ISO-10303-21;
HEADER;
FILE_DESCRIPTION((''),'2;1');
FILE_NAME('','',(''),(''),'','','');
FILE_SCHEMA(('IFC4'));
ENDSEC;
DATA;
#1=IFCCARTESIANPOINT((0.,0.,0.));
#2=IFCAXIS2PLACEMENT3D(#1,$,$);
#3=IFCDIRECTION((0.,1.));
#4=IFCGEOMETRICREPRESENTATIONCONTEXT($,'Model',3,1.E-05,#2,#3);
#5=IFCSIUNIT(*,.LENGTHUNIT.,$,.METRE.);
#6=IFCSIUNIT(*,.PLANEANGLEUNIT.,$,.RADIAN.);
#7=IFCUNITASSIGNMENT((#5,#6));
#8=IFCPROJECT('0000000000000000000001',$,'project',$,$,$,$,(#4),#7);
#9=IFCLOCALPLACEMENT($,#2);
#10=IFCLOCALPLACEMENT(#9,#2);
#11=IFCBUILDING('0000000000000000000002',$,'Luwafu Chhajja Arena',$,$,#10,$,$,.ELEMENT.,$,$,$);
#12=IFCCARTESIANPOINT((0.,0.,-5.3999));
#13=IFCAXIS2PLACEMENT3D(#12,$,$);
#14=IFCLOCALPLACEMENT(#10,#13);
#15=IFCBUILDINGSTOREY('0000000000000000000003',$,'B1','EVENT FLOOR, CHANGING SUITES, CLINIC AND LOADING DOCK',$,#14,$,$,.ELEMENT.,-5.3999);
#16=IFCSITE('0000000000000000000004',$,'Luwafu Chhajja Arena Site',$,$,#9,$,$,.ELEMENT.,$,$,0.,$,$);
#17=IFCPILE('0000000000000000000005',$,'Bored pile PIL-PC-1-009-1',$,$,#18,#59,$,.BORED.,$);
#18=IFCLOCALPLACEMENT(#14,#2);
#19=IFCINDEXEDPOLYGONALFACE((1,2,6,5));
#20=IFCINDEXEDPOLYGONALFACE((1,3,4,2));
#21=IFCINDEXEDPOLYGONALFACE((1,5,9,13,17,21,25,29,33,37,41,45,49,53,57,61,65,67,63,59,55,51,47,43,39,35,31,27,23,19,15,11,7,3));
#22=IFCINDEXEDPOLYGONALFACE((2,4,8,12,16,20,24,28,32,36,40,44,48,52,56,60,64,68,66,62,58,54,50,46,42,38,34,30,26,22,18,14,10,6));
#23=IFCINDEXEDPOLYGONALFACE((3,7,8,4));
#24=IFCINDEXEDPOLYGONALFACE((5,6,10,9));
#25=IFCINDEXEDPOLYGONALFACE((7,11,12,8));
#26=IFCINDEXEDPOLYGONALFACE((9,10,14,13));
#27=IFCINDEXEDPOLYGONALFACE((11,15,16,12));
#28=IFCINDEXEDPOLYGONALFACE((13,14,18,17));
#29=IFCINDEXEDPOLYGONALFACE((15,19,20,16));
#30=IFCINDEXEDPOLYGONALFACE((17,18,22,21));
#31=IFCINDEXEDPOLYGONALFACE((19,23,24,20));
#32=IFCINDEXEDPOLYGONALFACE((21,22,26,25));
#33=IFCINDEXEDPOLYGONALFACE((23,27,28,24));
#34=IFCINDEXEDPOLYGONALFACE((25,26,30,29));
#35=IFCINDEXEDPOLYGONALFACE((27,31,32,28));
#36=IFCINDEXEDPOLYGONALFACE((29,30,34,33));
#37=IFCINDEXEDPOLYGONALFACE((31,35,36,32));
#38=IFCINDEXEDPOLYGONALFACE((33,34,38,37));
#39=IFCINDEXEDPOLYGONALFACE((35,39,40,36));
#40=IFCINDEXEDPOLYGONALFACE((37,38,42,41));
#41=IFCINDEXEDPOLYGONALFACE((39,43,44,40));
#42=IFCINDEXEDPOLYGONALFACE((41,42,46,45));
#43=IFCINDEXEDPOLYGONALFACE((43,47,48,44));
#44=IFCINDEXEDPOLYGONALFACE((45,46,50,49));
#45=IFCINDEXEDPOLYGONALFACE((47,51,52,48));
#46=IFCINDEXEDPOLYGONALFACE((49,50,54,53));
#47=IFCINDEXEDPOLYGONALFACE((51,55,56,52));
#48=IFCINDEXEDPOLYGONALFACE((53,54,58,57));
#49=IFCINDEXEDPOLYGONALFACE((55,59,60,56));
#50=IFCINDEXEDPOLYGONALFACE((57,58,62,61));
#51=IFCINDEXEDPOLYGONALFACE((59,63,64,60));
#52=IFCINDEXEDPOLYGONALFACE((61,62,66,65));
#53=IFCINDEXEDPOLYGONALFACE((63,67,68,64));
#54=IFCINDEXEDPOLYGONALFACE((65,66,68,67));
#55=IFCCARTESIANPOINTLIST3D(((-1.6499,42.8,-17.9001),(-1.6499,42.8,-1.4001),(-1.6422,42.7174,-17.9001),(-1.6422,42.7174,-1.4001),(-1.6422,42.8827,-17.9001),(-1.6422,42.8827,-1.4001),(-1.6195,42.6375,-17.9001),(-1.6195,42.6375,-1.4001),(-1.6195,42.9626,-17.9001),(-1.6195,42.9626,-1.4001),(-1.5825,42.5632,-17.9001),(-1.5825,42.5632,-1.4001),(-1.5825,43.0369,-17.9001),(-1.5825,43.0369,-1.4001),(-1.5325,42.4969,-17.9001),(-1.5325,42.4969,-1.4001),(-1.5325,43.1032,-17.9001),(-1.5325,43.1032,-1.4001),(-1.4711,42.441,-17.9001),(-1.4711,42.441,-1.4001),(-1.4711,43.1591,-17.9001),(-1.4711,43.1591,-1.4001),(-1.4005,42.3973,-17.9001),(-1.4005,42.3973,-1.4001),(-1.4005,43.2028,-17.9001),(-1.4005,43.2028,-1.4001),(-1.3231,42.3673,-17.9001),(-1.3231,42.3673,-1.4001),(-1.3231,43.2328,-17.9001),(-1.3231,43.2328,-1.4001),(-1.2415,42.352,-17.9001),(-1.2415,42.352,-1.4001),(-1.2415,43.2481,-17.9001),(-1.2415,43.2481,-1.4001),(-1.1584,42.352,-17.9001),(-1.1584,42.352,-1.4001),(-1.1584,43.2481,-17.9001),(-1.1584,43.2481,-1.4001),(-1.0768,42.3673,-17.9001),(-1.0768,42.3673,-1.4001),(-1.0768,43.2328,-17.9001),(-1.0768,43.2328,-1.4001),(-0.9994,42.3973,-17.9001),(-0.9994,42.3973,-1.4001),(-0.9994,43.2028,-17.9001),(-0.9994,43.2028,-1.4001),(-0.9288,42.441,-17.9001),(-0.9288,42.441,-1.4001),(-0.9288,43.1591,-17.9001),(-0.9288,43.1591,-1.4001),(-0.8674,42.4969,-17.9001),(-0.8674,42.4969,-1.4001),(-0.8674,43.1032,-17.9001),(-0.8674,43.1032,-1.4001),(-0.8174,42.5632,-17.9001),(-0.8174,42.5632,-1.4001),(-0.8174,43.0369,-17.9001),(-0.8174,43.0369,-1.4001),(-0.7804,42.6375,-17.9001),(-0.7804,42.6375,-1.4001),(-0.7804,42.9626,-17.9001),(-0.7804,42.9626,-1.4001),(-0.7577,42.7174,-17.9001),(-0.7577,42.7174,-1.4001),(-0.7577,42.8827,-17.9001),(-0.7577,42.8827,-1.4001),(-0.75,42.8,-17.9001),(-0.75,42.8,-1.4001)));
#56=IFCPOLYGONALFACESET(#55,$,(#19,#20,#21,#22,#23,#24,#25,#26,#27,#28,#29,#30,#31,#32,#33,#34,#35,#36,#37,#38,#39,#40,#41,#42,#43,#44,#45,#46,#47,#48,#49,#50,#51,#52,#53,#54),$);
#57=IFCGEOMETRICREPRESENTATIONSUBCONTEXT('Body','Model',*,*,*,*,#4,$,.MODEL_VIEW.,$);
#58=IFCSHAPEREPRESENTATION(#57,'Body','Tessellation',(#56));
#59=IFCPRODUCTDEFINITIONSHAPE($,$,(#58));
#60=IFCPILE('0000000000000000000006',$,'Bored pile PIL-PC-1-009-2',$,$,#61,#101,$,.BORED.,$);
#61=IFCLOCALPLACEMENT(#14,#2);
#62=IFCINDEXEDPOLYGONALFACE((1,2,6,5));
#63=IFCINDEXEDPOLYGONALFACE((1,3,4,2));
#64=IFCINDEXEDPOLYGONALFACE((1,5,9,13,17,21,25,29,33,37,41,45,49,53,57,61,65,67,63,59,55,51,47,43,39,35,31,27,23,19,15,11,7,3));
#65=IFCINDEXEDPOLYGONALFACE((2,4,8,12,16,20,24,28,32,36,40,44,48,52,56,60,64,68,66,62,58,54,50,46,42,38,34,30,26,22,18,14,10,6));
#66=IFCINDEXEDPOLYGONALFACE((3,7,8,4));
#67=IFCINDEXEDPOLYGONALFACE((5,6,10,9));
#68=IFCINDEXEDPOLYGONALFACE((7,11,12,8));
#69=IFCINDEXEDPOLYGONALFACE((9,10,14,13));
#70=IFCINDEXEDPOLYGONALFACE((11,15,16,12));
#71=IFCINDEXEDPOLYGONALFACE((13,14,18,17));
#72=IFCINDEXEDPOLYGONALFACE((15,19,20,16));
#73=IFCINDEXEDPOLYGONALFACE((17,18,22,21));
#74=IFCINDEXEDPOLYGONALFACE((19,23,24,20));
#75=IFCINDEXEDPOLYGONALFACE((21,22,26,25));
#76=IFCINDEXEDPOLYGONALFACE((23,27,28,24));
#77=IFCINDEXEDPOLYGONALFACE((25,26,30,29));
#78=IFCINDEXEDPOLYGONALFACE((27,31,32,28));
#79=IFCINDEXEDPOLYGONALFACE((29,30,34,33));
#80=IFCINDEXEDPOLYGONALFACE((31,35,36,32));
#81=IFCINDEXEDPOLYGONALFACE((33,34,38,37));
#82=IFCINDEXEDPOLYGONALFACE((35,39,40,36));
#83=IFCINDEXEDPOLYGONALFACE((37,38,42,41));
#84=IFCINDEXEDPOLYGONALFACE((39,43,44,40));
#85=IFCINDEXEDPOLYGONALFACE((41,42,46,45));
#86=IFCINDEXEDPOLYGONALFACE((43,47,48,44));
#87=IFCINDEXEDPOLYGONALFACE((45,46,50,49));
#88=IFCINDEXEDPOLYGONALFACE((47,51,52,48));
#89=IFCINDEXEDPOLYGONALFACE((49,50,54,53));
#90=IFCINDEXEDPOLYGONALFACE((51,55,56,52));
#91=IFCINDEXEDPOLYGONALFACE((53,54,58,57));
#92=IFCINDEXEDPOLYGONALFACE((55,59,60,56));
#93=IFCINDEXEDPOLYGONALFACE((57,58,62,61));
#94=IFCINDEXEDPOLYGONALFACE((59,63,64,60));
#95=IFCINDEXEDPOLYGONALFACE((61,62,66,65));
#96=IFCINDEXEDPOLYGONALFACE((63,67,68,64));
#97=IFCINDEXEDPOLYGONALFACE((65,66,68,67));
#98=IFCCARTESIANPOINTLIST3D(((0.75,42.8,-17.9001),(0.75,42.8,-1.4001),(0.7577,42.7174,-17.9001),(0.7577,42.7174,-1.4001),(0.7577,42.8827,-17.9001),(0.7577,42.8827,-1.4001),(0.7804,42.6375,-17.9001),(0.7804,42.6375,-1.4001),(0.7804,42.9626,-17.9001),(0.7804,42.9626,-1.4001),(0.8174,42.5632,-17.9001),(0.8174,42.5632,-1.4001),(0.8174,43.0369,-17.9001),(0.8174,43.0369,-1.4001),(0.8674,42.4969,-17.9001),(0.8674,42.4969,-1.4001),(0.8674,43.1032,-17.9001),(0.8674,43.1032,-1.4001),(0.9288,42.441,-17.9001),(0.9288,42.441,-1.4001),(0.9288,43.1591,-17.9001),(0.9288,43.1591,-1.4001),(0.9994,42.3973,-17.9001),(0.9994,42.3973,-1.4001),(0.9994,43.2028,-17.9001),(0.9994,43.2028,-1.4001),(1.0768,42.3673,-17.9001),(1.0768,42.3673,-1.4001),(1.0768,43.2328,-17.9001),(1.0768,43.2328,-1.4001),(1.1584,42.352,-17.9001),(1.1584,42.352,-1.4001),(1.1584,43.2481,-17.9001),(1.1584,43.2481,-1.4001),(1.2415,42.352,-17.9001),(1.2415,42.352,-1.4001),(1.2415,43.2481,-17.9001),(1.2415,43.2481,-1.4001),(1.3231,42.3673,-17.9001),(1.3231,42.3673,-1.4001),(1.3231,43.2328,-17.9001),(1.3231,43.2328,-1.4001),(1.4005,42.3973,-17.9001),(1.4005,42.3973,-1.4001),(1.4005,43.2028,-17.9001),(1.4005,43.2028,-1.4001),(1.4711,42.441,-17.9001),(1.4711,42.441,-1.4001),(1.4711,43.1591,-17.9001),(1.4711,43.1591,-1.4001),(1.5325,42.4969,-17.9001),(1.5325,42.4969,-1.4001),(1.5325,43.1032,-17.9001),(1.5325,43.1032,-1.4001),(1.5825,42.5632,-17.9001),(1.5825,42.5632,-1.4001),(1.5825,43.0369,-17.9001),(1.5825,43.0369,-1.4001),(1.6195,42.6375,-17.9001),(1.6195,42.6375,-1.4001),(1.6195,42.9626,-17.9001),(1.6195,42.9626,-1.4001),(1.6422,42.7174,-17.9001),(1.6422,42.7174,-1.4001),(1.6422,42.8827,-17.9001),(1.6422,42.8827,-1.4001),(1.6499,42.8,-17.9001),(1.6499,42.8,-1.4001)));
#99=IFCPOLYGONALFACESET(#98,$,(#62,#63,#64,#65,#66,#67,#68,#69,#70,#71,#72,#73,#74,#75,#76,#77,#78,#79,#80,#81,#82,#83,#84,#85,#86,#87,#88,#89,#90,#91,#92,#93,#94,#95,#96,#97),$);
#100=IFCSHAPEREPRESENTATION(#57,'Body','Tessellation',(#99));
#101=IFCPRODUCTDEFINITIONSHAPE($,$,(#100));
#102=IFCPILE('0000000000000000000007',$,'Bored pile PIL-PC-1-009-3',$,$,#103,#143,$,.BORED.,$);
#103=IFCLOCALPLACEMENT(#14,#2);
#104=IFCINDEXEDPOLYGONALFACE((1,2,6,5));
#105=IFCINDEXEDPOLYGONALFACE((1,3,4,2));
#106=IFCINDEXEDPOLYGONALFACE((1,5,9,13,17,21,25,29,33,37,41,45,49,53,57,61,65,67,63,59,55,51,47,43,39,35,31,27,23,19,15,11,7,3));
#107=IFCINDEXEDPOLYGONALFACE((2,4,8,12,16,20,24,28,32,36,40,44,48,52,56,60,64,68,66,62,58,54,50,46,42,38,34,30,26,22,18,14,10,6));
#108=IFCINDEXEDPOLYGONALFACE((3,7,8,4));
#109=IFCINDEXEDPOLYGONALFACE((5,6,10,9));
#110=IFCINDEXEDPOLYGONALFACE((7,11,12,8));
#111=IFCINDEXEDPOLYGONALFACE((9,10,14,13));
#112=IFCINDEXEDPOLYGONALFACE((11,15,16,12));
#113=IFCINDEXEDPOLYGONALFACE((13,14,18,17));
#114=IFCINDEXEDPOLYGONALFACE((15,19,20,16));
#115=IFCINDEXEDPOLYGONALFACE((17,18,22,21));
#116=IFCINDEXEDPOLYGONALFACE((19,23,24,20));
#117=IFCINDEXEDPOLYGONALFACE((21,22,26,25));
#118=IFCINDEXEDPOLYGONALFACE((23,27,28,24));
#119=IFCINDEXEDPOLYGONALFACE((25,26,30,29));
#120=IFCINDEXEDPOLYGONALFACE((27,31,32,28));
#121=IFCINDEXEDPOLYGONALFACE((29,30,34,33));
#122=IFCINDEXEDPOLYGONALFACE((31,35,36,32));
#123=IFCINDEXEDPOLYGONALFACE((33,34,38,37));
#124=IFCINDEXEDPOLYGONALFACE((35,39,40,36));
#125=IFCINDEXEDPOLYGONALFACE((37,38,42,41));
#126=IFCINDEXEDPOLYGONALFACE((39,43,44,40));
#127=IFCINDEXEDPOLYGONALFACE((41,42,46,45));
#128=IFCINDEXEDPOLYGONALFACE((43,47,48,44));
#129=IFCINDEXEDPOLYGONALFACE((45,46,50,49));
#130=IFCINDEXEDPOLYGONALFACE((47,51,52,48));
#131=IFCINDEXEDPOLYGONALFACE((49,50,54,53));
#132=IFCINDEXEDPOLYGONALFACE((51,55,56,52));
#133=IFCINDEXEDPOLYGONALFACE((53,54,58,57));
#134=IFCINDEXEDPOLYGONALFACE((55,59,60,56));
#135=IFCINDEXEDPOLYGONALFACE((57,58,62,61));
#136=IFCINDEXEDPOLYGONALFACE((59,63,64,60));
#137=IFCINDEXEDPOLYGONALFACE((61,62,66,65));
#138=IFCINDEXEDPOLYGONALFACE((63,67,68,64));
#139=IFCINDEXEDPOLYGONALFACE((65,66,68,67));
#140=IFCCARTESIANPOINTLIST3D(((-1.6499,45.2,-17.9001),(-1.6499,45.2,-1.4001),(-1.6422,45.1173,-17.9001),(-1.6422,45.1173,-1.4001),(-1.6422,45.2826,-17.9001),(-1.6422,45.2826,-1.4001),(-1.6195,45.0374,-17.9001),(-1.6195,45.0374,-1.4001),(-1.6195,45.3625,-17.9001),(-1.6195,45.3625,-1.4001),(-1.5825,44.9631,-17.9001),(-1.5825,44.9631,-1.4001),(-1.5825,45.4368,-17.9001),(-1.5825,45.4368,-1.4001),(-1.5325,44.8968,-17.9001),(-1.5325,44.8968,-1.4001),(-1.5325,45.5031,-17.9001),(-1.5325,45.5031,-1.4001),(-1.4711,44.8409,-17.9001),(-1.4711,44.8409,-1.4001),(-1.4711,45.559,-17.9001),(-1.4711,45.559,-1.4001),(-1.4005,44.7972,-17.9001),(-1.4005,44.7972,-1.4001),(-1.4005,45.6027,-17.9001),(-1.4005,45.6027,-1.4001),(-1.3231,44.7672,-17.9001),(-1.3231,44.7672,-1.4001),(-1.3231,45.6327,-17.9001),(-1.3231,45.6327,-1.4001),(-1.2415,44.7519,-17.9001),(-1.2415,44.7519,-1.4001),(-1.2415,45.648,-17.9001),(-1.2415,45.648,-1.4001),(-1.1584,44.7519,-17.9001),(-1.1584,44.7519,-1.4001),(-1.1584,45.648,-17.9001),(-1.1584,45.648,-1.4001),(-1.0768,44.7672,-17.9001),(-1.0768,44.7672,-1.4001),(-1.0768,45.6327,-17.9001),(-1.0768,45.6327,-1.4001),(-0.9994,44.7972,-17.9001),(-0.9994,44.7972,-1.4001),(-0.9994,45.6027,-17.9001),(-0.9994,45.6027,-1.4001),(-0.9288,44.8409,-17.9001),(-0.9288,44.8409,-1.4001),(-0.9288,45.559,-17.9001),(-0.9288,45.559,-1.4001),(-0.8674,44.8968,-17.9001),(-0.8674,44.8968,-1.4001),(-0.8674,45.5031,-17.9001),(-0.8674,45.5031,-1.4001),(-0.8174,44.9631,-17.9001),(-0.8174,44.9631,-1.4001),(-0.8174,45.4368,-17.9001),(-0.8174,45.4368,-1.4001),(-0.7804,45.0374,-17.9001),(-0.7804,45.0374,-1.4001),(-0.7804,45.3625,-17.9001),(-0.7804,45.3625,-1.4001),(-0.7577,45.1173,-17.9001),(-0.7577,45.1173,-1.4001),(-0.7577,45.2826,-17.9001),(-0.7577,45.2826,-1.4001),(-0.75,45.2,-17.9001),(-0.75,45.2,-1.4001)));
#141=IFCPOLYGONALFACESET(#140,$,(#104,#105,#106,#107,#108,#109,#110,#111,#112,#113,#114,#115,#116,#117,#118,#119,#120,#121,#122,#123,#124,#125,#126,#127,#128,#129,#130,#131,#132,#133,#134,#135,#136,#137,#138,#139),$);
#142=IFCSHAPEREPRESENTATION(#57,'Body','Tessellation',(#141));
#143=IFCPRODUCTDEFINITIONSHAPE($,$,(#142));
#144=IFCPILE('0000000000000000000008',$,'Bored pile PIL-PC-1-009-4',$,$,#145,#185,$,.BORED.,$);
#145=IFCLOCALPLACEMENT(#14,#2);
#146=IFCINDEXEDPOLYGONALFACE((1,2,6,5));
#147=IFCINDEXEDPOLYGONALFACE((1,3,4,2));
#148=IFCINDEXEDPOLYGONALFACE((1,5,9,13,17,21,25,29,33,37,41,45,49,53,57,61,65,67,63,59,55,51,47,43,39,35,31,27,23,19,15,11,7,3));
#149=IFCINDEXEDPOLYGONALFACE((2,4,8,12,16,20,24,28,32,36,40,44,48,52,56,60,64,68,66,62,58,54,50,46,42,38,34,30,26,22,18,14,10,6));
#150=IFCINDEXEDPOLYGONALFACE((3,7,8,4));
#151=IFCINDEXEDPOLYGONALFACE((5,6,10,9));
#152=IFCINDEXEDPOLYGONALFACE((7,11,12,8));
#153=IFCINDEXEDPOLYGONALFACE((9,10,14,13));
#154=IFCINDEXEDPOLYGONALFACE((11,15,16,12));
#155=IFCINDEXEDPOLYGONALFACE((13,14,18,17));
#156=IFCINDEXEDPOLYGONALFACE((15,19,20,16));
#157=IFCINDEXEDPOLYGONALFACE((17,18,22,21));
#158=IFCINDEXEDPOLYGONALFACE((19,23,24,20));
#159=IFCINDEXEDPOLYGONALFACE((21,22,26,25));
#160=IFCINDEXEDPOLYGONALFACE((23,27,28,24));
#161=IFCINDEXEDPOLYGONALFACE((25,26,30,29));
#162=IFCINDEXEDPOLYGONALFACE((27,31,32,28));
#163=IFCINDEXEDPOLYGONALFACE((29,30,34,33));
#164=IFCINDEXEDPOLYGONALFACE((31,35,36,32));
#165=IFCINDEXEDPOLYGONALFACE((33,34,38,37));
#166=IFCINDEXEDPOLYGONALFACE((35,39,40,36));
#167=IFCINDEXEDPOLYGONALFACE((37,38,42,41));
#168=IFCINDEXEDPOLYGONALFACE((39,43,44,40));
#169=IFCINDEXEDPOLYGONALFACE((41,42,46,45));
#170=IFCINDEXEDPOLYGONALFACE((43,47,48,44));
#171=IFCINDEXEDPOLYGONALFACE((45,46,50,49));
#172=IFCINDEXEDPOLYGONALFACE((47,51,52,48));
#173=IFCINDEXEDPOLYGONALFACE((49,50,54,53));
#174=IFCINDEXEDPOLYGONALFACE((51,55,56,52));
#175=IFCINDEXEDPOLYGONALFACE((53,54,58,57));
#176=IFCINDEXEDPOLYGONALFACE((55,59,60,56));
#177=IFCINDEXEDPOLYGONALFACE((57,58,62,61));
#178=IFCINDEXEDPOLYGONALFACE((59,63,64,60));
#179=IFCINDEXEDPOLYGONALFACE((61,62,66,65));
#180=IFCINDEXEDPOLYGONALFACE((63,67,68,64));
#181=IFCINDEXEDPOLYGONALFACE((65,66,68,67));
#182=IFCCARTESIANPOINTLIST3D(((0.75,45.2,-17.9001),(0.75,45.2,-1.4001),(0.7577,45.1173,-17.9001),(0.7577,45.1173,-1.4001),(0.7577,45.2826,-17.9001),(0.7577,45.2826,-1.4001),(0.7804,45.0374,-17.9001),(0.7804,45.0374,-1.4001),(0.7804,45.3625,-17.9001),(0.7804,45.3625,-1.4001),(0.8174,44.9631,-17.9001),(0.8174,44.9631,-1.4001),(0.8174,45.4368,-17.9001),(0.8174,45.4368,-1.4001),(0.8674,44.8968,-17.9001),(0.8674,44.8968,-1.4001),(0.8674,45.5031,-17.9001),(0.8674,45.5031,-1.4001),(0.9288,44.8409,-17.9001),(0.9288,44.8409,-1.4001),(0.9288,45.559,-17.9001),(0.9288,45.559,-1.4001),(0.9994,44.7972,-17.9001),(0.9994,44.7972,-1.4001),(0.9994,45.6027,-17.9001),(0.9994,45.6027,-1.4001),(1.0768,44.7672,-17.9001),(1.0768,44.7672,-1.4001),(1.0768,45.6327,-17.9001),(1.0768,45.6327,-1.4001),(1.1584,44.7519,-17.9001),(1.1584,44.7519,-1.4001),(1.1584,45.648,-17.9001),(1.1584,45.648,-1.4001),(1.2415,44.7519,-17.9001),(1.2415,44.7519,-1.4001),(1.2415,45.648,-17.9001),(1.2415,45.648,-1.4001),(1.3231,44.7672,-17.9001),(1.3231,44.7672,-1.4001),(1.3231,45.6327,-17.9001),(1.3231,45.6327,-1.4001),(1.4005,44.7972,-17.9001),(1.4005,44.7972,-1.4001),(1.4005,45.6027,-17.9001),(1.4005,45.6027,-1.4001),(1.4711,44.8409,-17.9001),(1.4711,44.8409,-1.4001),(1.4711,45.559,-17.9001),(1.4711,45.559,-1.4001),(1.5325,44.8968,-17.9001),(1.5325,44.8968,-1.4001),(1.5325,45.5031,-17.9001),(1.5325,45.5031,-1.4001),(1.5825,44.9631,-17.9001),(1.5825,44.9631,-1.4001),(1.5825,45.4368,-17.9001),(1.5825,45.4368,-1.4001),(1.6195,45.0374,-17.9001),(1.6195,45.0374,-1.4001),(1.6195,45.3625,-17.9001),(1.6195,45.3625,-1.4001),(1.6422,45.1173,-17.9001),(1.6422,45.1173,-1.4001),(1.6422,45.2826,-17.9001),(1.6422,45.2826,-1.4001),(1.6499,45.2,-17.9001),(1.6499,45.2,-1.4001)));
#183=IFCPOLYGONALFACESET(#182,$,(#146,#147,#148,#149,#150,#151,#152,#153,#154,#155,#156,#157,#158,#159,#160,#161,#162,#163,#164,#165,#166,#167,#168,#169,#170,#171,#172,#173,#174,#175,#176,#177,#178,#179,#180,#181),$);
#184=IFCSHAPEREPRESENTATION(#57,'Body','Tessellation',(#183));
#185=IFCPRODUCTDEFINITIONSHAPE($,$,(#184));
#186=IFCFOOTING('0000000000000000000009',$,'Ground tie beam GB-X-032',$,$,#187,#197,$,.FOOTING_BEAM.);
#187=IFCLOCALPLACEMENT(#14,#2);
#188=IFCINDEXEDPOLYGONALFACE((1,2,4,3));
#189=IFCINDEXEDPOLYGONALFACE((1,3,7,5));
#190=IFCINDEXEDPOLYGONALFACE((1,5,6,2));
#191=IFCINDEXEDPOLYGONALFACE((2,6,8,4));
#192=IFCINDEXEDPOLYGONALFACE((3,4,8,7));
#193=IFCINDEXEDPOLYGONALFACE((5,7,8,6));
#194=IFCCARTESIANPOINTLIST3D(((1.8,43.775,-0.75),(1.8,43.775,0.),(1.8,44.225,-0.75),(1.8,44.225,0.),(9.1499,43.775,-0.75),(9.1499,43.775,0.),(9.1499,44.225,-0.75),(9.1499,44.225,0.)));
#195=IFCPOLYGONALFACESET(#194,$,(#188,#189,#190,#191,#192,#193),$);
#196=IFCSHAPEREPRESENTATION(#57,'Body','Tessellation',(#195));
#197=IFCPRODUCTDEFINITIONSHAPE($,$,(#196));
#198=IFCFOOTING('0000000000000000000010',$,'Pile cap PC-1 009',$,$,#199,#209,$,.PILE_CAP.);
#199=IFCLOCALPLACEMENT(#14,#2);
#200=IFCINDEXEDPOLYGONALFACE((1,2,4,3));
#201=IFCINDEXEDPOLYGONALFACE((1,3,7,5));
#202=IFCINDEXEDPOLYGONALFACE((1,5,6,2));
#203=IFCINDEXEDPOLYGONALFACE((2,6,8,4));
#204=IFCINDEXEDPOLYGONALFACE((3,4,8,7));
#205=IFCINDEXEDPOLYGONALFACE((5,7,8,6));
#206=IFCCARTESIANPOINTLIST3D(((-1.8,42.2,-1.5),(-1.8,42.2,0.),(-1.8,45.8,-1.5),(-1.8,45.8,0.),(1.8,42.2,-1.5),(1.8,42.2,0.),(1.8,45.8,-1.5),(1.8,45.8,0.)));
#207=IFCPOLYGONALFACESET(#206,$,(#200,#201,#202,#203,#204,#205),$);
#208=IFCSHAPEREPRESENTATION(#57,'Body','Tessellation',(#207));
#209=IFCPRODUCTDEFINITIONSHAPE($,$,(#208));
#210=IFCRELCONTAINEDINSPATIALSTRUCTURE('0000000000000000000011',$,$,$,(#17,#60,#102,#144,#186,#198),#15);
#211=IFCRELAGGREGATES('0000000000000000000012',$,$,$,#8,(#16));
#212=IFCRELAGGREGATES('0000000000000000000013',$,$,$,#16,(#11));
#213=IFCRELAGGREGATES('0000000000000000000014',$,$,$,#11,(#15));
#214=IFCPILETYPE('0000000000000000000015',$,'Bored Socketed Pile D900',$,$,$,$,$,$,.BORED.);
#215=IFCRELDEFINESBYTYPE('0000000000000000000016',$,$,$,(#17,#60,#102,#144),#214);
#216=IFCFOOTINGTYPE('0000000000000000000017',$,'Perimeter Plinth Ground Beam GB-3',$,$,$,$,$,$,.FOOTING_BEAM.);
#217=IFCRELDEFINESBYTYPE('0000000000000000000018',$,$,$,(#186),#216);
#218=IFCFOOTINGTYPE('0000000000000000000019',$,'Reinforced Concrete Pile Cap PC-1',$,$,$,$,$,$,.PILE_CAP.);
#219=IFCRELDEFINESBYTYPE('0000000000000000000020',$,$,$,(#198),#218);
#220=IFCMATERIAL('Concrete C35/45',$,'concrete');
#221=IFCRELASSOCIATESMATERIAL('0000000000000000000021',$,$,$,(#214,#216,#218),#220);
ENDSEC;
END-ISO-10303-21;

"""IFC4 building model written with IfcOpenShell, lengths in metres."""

from ifc_helpers import new_model, si_unit, direction, frame, origin, origin_2d, place, context, subcontext, project, spatial, rectangle, circle, extrude, material, material_profile, profile_set, type_object, element, save


model = new_model("IFC4")

# Units and contexts
model_context = context("Model", 3, precision=1e-05, world=origin(), true_north=direction((0.0, 1.0)))
body_context = subcontext(model_context, "Body", "Model", "MODEL_VIEW")
ifc_project = project(units=[si_unit("LENGTHUNIT", "METRE"), si_unit("PLANEANGLEUNIT", "RADIAN")], contexts=[model_context])

# Site, building, storey
site_placement = place(None, origin())
site = spatial("IfcSite", under=ifc_project, at=site_placement, Name="Luwafu Chhajja Arena Site", CompositionType="ELEMENT", RefElevation=0.0)
building_placement = place(site_placement, origin())
building = spatial("IfcBuilding", under=site, at=building_placement, Name="Luwafu Chhajja Arena", CompositionType="ELEMENT")
storey_placement = place(building_placement, frame((0.0, 0.0, -5.3999)))
storey = spatial("IfcBuildingStorey", under=building, at=storey_placement, Name="B1", Description="EVENT FLOOR, CHANGING SUITES, CLINIC AND LOADING DOCK", CompositionType="ELEMENT", Elevation=-5.3999)

# Piles
ifc_material_1 = material(Name="Concrete C35/45", Category="concrete")
ifc_material_profile_1 = material_profile(ifc_material_1, circle(Radius=0.45, at=origin_2d()), Name="PILE D900")
ifc_profile_set_1 = profile_set([ifc_material_profile_1], Name="Concrete C35/45")
pile_type_1 = type_object("IfcPileType", Name="Bored Socketed Pile D900", PredefinedType="BORED", material=ifc_profile_set_1)
for number, where, z_axis, x_axis, name in (
    (1, (-1.2, 42.8, -1.4001), (0.0, 0.0, -1.0), (1.0, 0.0, 0.0), "Bored pile PIL-PC-1-009-1"),
    (2, (1.2, 42.8, -1.4001), (0.0, 0.0, -1.0), (1.0, 0.0, 0.0), "Bored pile PIL-PC-1-009-2"),
    (3, (-1.2, 45.2, -1.4001), (0.0, 0.0, -1.0), (1.0, 0.0, 0.0), "Bored pile PIL-PC-1-009-3"),
    (4, (1.2, 45.2, -1.4001), (0.0, 0.0, -1.0), (1.0, 0.0, 0.0), "Bored pile PIL-PC-1-009-4"),
):
    element("IfcPile", number, at=place(storey_placement, frame(where, z_axis=z_axis, x_axis=x_axis)), inside=storey, type_object=pile_type_1, Name=name, PredefinedType="BORED", context=body_context, shape_type="SweptSolid", body=[
        extrude(circle(Radius=0.45, at=origin_2d()), origin(), (0.0, 0.0, 1.0), 16.5),
    ])

# Footings
ifc_material_profile_2 = material_profile(ifc_material_1, rectangle(XDim=0.45, YDim=0.75, at=origin_2d()), Name="RC 450x750")
ifc_profile_set_2 = profile_set([ifc_material_profile_2], Name="Concrete C35/45")
footing_type_1 = type_object("IfcFootingType", Name="Perimeter Plinth Ground Beam GB-3", PredefinedType="FOOTING_BEAM", material=ifc_profile_set_2)
footing_1_placement = place(storey_placement, frame((1.8, 44.0, -0.375), z_axis=(1.0, 0.0, 0.0), x_axis=(0.0, 1.0, 0.0)))
element("IfcFooting", 5, at=footing_1_placement, inside=storey, type_object=footing_type_1, Name="Ground tie beam GB-X-032", PredefinedType="FOOTING_BEAM", context=body_context, shape_type="SweptSolid", body=[
    extrude(rectangle(XDim=0.45, YDim=0.75, at=origin_2d()), origin(), (0.0, 0.0, 1.0), 7.3499),
])
footing_type_2 = type_object("IfcFootingType", Name="Reinforced Concrete Pile Cap PC-1", PredefinedType="PILE_CAP", material=ifc_material_1)
footing_2_placement = place(storey_placement, frame((0.0, 44.0, -1.5), z_axis=(0.0, 0.0, 1.0), x_axis=(1.0, 0.0, 0.0)))
element("IfcFooting", 6, at=footing_2_placement, inside=storey, type_object=footing_type_2, Name="Pile cap PC-1 009", PredefinedType="PILE_CAP", context=body_context, shape_type="SweptSolid", body=[
    extrude(rectangle(XDim=3.6001, YDim=3.6001, at=origin_2d()), origin(), (0.0, 0.0, 1.0), 1.5),
])

save(model, "model.ifc")
